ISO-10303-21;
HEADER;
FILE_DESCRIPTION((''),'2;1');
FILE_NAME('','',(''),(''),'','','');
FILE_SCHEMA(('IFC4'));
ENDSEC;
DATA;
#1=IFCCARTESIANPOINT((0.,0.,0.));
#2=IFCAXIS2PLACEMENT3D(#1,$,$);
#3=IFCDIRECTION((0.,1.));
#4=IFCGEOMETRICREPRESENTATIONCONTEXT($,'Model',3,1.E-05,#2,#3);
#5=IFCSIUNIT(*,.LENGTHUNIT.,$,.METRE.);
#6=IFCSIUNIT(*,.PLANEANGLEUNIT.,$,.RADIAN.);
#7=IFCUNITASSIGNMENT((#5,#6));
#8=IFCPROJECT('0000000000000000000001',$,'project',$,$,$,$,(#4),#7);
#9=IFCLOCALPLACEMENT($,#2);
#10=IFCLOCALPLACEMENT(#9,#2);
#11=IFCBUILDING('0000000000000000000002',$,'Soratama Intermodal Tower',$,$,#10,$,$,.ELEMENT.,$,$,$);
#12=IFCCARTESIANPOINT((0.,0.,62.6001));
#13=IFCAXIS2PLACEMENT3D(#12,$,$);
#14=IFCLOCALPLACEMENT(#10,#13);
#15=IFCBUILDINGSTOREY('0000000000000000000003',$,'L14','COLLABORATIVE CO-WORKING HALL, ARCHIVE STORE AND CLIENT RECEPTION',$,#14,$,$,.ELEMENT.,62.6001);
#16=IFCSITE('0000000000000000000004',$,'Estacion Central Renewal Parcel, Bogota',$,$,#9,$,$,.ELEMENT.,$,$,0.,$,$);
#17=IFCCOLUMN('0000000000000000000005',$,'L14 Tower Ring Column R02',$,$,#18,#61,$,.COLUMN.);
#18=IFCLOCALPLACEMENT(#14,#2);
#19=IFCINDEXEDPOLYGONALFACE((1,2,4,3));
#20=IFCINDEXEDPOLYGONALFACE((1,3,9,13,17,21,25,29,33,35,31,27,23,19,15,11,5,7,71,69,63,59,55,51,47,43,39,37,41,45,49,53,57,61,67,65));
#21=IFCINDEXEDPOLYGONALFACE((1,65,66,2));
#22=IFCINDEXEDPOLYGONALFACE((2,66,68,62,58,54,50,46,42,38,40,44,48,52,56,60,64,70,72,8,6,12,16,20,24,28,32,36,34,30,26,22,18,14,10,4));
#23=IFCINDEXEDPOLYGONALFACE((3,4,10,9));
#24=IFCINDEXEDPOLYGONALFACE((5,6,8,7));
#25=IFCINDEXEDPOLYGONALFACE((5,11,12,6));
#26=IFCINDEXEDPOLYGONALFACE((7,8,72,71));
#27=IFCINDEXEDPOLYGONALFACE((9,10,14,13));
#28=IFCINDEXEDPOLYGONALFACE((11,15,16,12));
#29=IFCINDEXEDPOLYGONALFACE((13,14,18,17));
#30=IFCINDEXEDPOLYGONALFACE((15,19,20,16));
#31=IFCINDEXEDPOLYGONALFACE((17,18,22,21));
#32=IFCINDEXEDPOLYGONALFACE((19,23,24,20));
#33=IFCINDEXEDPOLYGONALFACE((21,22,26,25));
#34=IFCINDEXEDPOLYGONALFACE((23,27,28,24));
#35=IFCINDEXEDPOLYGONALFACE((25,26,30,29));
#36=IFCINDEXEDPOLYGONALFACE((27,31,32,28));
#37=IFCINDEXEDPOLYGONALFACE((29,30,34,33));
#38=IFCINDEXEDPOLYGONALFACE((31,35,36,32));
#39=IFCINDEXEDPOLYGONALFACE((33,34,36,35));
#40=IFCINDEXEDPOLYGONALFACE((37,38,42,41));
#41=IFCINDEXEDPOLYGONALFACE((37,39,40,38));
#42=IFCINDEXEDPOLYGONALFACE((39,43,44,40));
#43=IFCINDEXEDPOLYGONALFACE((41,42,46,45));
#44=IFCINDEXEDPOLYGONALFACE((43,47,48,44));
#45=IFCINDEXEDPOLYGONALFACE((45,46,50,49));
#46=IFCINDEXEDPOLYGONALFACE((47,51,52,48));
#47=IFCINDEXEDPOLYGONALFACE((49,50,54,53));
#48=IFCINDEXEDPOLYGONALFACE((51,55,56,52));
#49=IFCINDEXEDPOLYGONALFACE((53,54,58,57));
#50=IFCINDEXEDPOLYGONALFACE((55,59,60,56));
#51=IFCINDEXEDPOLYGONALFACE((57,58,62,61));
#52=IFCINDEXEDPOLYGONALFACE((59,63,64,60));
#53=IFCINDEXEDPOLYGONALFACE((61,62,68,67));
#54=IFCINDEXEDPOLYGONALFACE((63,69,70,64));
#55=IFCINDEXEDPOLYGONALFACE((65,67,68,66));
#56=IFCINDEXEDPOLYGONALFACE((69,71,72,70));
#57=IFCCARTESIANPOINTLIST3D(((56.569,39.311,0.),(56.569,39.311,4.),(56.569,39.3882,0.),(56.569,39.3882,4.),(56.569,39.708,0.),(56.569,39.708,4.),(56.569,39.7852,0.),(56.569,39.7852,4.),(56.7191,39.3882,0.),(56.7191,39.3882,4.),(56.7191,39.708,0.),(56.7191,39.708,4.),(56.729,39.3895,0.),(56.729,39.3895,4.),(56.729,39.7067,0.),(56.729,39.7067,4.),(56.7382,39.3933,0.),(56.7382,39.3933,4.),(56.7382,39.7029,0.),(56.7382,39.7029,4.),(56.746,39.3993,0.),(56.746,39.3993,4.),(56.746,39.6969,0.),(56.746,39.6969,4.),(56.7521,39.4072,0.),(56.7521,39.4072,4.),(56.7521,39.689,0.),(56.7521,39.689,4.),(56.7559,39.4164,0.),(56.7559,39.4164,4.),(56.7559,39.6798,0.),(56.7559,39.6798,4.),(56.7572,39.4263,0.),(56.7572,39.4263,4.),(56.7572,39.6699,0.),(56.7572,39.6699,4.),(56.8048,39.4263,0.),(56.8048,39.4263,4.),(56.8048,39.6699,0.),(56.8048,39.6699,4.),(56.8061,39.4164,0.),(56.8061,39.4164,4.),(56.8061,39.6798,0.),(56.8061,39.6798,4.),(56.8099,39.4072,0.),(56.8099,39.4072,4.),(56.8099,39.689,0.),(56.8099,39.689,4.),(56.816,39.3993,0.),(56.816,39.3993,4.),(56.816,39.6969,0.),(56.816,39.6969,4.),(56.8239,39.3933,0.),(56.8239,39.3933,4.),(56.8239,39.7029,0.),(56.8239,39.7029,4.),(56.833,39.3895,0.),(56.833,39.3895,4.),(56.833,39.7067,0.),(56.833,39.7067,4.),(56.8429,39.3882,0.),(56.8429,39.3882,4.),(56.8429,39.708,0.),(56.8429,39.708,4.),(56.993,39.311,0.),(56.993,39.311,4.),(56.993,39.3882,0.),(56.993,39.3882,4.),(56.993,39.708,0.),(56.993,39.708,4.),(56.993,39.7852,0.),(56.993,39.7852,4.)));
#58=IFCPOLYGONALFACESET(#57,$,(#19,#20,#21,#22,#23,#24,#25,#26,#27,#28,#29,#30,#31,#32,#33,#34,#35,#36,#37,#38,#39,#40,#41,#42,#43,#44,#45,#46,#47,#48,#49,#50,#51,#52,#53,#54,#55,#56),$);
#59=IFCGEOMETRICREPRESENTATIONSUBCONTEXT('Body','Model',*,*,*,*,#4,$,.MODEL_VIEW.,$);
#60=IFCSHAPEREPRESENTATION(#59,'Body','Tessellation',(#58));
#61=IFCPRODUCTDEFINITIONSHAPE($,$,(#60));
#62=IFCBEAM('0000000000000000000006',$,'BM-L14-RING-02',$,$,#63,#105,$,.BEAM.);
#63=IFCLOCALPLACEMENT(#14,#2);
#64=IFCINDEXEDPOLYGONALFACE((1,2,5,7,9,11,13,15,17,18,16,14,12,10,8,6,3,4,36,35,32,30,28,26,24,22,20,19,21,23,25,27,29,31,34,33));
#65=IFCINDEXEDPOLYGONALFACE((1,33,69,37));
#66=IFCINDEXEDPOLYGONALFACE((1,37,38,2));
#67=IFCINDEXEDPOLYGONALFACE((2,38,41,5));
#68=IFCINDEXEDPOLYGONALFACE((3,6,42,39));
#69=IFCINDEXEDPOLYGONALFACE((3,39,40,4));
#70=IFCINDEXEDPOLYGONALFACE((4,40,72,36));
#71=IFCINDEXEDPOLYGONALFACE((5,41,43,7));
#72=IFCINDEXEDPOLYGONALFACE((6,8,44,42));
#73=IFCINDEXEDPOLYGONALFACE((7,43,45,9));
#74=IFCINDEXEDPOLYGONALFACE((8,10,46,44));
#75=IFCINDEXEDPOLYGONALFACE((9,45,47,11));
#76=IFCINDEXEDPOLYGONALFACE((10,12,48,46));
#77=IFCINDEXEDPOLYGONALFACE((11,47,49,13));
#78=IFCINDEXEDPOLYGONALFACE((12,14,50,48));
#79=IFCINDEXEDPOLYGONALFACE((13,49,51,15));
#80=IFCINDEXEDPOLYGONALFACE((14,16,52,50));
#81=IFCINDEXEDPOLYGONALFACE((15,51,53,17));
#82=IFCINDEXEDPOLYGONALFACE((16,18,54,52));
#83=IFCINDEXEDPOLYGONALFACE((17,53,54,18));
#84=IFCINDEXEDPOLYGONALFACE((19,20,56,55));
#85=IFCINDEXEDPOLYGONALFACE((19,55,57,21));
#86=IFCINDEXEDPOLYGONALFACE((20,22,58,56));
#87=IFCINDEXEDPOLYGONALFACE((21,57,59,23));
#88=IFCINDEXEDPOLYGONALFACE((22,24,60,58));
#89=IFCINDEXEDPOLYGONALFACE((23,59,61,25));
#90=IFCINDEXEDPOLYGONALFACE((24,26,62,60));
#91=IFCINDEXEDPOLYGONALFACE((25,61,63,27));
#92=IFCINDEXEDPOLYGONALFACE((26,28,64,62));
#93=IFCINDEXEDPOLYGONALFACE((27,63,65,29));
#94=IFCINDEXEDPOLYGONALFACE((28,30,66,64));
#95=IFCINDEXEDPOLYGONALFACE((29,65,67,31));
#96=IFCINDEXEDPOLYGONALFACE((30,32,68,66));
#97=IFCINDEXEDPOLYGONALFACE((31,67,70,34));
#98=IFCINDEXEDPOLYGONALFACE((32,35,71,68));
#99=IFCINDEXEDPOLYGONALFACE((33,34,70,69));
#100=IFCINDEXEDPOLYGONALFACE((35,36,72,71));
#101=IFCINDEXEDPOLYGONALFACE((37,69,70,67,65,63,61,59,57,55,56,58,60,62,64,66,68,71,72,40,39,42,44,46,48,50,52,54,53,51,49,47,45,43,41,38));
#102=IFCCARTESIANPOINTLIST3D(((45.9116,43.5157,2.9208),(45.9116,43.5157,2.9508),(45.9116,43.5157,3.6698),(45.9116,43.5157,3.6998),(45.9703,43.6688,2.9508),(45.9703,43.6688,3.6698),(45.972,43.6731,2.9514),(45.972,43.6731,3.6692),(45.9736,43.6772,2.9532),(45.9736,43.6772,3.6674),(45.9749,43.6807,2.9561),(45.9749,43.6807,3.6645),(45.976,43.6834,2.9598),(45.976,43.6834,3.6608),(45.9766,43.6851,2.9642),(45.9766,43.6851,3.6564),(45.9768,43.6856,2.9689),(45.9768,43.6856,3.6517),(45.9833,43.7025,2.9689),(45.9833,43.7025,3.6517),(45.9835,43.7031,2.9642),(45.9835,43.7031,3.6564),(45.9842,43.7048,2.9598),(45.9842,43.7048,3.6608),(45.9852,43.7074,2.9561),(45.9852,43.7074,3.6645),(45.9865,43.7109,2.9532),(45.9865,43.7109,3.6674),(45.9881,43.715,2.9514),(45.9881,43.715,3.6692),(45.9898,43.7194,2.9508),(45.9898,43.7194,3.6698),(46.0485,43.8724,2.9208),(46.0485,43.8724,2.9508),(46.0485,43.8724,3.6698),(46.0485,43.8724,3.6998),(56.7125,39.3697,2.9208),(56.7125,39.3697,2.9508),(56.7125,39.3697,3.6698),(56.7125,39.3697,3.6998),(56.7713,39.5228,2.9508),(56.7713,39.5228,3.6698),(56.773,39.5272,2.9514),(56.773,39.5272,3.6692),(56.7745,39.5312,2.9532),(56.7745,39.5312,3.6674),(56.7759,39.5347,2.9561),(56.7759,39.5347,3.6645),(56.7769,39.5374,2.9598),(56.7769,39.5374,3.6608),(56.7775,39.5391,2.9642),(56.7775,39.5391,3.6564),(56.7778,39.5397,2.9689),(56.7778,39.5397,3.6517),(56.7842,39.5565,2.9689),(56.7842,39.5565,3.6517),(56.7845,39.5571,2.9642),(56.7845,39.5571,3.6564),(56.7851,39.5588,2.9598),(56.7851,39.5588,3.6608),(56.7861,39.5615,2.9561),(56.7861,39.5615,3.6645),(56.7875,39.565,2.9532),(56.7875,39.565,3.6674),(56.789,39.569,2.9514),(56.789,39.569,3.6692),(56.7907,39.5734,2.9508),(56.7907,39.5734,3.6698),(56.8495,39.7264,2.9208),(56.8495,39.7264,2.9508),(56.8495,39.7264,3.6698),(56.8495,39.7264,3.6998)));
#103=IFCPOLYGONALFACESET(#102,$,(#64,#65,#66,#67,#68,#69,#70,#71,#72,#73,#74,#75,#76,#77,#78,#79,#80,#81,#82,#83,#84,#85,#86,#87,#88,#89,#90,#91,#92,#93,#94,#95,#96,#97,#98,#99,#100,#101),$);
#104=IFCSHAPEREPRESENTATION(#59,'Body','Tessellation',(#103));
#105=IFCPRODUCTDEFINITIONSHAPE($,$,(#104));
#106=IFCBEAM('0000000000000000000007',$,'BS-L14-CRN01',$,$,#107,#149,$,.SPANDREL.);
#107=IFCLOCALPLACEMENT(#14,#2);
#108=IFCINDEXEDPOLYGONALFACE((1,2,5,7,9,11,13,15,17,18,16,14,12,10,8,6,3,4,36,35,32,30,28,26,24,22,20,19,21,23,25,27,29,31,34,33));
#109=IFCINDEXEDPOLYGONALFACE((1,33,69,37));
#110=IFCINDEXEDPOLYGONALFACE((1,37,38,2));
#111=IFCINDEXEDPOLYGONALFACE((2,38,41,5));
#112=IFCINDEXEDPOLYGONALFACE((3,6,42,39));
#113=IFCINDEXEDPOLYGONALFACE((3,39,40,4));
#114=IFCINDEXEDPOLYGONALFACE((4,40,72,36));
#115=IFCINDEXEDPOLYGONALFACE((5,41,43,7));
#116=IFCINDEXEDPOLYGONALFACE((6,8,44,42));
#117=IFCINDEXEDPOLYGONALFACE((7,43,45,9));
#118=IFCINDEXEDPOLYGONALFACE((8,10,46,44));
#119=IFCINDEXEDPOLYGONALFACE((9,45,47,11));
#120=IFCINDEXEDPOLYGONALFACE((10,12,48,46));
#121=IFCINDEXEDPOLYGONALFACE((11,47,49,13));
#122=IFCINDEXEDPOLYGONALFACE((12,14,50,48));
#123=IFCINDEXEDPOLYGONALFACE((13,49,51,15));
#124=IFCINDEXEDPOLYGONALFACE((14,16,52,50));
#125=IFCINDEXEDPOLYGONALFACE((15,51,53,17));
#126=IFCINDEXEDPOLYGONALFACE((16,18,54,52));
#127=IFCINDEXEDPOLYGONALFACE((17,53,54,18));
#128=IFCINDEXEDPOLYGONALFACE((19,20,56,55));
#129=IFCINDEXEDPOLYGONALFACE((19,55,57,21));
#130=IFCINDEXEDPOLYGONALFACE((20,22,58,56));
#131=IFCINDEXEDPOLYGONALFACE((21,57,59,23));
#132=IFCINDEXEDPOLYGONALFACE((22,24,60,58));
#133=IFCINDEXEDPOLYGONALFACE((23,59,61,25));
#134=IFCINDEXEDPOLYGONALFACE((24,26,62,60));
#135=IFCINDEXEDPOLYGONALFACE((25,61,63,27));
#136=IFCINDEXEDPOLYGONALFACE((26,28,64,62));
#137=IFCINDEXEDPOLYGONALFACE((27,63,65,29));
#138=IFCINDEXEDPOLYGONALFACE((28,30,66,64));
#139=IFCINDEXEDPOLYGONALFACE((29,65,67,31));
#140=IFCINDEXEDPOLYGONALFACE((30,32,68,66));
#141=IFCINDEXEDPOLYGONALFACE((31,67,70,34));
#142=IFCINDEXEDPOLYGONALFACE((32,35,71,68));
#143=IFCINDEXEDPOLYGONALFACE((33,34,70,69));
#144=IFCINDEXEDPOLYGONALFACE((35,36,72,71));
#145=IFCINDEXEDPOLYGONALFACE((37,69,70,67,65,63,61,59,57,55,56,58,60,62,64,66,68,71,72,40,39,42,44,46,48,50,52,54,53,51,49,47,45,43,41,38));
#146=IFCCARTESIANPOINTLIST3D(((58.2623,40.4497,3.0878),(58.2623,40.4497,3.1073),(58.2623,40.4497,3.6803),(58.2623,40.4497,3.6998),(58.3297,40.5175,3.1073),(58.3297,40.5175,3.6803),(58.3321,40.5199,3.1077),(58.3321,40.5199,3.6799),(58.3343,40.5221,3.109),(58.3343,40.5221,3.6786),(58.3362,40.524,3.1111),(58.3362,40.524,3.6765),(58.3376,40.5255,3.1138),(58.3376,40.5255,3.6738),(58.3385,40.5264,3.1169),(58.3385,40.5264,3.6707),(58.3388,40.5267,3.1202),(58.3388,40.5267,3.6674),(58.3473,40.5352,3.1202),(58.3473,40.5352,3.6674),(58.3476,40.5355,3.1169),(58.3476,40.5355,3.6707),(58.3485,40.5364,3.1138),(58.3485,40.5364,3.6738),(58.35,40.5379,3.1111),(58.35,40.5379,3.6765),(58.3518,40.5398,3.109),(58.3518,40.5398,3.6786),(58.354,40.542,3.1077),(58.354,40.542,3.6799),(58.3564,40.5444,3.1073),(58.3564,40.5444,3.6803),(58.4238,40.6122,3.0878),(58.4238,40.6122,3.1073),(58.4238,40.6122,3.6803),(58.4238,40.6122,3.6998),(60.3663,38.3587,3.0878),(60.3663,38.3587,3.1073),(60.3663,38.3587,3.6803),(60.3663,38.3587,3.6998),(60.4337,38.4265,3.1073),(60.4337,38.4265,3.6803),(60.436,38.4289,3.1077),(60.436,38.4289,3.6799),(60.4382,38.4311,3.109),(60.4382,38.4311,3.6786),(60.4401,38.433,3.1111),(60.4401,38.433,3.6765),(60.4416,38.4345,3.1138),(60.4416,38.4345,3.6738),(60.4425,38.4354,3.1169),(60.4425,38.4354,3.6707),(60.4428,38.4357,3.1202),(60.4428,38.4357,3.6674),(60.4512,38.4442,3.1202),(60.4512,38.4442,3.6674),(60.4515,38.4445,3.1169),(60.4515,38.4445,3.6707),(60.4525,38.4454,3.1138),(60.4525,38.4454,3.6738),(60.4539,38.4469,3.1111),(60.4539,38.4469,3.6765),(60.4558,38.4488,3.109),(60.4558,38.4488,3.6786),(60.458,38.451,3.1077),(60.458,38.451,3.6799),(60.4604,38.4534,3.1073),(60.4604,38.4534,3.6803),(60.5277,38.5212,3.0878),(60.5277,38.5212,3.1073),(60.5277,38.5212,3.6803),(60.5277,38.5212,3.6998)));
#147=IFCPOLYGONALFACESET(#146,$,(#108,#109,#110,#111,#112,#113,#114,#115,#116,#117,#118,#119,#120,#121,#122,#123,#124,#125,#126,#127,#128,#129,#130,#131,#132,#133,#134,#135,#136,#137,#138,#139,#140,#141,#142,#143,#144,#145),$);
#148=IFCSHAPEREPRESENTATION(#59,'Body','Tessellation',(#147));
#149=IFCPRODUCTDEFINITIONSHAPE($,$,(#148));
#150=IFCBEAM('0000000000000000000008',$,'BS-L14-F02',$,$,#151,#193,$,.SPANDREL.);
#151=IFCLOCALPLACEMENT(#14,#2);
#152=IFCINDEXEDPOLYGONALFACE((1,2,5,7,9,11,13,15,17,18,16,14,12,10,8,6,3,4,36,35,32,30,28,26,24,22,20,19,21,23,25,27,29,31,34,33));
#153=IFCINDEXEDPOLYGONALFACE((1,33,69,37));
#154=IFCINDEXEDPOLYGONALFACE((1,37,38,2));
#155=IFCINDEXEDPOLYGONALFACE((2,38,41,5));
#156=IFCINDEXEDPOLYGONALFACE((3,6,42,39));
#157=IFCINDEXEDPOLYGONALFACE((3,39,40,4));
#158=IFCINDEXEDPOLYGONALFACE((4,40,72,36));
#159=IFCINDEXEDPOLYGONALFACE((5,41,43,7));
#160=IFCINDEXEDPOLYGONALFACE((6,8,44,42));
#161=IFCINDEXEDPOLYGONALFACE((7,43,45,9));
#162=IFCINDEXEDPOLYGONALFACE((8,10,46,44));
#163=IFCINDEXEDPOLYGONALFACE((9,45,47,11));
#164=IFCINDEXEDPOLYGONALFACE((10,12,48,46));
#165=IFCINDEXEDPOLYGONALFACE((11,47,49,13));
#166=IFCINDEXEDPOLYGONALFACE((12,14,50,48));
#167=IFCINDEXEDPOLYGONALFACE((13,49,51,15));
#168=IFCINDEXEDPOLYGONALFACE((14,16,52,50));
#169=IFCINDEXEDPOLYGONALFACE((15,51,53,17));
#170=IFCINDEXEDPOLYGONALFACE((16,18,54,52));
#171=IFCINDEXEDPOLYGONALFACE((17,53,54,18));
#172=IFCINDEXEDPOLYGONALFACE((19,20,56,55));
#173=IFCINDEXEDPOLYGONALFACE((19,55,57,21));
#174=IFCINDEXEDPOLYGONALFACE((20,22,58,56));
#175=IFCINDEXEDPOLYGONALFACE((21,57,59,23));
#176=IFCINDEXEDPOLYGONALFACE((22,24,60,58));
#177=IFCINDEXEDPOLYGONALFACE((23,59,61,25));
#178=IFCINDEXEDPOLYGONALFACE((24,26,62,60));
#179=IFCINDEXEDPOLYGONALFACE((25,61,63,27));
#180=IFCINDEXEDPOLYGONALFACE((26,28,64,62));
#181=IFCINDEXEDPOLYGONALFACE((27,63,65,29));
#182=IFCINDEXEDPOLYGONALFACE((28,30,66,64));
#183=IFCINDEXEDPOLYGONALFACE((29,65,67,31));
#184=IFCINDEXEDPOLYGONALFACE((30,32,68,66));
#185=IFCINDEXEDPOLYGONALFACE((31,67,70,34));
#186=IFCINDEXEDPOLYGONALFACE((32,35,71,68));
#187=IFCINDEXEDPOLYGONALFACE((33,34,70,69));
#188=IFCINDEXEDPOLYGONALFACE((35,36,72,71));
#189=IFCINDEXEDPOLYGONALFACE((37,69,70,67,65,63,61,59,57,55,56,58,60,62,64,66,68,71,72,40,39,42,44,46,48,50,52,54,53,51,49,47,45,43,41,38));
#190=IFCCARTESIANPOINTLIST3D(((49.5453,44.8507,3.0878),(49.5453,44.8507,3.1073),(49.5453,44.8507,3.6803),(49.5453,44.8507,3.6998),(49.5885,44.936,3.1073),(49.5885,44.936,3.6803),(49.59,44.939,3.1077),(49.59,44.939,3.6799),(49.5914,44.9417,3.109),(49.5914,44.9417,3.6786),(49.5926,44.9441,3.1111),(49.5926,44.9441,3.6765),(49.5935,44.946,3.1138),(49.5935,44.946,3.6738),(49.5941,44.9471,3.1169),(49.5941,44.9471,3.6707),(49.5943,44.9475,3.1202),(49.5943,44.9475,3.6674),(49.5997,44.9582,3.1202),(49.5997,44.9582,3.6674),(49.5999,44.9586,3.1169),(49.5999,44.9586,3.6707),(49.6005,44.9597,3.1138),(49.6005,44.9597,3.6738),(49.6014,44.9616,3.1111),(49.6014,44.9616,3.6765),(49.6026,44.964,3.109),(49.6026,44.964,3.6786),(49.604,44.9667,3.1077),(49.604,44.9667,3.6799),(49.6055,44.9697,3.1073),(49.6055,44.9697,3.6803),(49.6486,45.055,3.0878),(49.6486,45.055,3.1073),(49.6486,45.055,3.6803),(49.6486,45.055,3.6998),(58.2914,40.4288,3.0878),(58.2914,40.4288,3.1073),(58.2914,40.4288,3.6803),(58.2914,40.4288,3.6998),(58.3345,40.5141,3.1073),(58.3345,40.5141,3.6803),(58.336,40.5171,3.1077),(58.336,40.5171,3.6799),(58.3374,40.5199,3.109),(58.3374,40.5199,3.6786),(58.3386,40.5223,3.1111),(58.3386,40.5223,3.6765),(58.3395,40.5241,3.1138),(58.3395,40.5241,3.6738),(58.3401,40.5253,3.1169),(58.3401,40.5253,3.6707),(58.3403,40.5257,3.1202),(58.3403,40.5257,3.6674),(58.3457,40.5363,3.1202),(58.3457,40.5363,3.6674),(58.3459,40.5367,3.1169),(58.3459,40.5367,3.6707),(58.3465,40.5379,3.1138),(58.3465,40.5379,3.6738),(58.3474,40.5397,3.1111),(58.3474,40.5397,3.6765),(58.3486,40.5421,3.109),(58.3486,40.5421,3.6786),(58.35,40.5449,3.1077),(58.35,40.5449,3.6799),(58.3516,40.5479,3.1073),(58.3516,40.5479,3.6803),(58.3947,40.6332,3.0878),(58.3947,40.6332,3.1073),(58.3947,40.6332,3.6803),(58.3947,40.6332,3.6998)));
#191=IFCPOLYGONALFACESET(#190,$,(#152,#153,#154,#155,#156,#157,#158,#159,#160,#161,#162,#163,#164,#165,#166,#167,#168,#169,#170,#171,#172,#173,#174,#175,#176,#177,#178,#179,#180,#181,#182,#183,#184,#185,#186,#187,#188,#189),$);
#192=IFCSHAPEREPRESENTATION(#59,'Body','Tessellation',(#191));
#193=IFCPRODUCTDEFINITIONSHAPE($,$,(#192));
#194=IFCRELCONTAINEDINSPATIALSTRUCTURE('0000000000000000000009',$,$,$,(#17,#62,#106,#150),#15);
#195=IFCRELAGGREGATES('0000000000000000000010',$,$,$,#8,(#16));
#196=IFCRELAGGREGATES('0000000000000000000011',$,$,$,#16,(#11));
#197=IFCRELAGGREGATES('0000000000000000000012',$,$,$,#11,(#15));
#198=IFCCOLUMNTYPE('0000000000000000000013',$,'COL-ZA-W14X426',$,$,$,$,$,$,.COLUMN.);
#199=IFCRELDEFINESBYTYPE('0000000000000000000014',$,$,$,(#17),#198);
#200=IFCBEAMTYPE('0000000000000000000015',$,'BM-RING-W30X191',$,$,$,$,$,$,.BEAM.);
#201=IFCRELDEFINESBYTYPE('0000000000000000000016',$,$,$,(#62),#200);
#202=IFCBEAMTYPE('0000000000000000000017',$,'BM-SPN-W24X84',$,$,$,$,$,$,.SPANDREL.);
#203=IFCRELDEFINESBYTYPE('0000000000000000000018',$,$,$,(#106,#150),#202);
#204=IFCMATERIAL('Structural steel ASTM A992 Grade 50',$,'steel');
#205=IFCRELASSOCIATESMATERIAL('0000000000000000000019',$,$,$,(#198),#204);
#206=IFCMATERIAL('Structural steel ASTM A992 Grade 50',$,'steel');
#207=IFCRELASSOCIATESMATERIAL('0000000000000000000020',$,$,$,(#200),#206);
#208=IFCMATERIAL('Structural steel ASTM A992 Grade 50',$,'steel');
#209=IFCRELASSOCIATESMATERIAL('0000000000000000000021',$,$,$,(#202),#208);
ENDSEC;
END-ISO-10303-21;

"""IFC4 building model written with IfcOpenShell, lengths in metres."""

from ifc_helpers import new_model, si_unit, direction, frame, origin, origin_2d, place, context, subcontext, project, spatial, i_section, extrude, material, material_profile, profile_set, type_object, element, save


model = new_model("IFC4")

# Units and contexts
model_context = context("Model", 3, precision=1e-05, world=origin(), true_north=direction((0.0, 1.0)))
body_context = subcontext(model_context, "Body", "Model", "MODEL_VIEW")
ifc_project = project(units=[si_unit("LENGTHUNIT", "METRE"), si_unit("PLANEANGLEUNIT", "RADIAN")], contexts=[model_context])

# Site, building, storey
site_placement = place(None, origin())
site = spatial("IfcSite", under=ifc_project, at=site_placement, Name="Estacion Central Renewal Parcel, Bogota", CompositionType="ELEMENT", RefElevation=0.0)
building_placement = place(site_placement, origin())
building = spatial("IfcBuilding", under=site, at=building_placement, Name="Soratama Intermodal Tower", CompositionType="ELEMENT")
storey_placement = place(building_placement, frame((0.0, 0.0, 62.6001)))
storey = spatial("IfcBuildingStorey", under=building, at=storey_placement, Name="L14", Description="COLLABORATIVE CO-WORKING HALL, ARCHIVE STORE AND CLIENT RECEPTION", CompositionType="ELEMENT", Elevation=62.6001)

# Column
ifc_material_1 = material(Name="Structural steel ASTM A992 Grade 50", Category="steel")
ifc_material_profile_1 = material_profile(ifc_material_1, i_section(OverallWidth=0.4241, OverallDepth=0.4741, WebThickness=0.0476, FlangeThickness=0.0771, FilletRadius=0.0381, at=origin_2d()), Name="W14X426")
ifc_profile_set_1 = profile_set([ifc_material_profile_1], Name="Structural steel ASTM A992 Grade 50")
column_type = type_object("IfcColumnType", Name="COL-ZA-W14X426", PredefinedType="COLUMN", material=ifc_profile_set_1)
column_placement = place(storey_placement, frame((56.781, 39.5481, 0.0), z_axis=(0.0, 0.0, 1.0), x_axis=(1.0, 0.0, 0.0)))
element("IfcColumn", 1, at=column_placement, inside=storey, type_object=column_type, Name="L14 Tower Ring Column R02", PredefinedType="COLUMN", context=body_context, shape_type="SweptSolid", body=[
    extrude(i_section(OverallWidth=0.4241, OverallDepth=0.4741, WebThickness=0.0476, FlangeThickness=0.0771, FilletRadius=0.0381, at=origin_2d()), origin(), (0.0, 0.0, 1.0), 4.0),
])

# Beams
ifc_material_2 = material(Name="Structural steel ASTM A992 Grade 50", Category="steel")
ifc_material_profile_2 = material_profile(ifc_material_2, i_section(OverallWidth=0.3821, OverallDepth=0.7791, WebThickness=0.0181, FlangeThickness=0.03, FilletRadius=0.0181, at=origin_2d()), Name="W30X191")
ifc_profile_set_2 = profile_set([ifc_material_profile_2], Name="Structural steel ASTM A992 Grade 50")
beam_type_1 = type_object("IfcBeamType", Name="BM-RING-W30X191", PredefinedType="BEAM", material=ifc_profile_set_2)
beam_1_placement = place(storey_placement, frame((56.781, 39.5481, 3.3103), z_axis=(-0.933584, 0.358358, 0.0), x_axis=(-0.358358, -0.933584, 0.0)))
element("IfcBeam", 2, at=beam_1_placement, inside=storey, type_object=beam_type_1, Name="BM-L14-RING-02", PredefinedType="BEAM", context=body_context, shape_type="SweptSolid", body=[
    extrude(i_section(OverallWidth=0.3821, OverallDepth=0.7791, WebThickness=0.0181, FlangeThickness=0.03, FilletRadius=0.0181, at=origin_2d()), origin(), (0.0, 0.0, 1.0), 11.5693),
])
ifc_material_3 = material(Name="Structural steel ASTM A992 Grade 50", Category="steel")
ifc_material_profile_3 = material_profile(ifc_material_3, i_section(OverallWidth=0.229, OverallDepth=0.6121, WebThickness=0.012, FlangeThickness=0.0195, FilletRadius=0.0129, at=origin_2d()), Name="W24X84")
ifc_profile_set_3 = profile_set([ifc_material_profile_3], Name="Structural steel ASTM A992 Grade 50")
beam_type_2 = type_object("IfcBeamType", Name="BM-SPN-W24X84", PredefinedType="SPANDREL", material=ifc_profile_set_3)
beam_2_placement = place(storey_placement, frame((60.447, 38.4399, 3.3938), z_axis=(-0.709284, 0.704922, 0.0), x_axis=(-0.704922, -0.709284, 0.0)))
element("IfcBeam", 3, at=beam_2_placement, inside=storey, type_object=beam_type_2, Name="BS-L14-CRN01", PredefinedType="SPANDREL", context=body_context, shape_type="SweptSolid", body=[
    extrude(i_section(OverallWidth=0.229, OverallDepth=0.6121, WebThickness=0.012, FlangeThickness=0.0195, FilletRadius=0.0129, at=origin_2d()), origin(), (0.0, 0.0, 1.0), 2.9663),
])
beam_3_placement = place(storey_placement, frame((58.343, 40.531, 3.3938), z_axis=(-0.892425, 0.451195, 0.0), x_axis=(-0.451195, -0.892425, 0.0)))
element("IfcBeam", 4, at=beam_3_placement, inside=storey, type_object=beam_type_2, Name="BS-L14-F02", PredefinedType="SPANDREL", context=body_context, shape_type="SweptSolid", body=[
    extrude(i_section(OverallWidth=0.229, OverallDepth=0.6121, WebThickness=0.012, FlangeThickness=0.0195, FilletRadius=0.0129, at=origin_2d()), origin(), (0.0, 0.0, 1.0), 9.8003),
])

save(model, "model.ifc")
